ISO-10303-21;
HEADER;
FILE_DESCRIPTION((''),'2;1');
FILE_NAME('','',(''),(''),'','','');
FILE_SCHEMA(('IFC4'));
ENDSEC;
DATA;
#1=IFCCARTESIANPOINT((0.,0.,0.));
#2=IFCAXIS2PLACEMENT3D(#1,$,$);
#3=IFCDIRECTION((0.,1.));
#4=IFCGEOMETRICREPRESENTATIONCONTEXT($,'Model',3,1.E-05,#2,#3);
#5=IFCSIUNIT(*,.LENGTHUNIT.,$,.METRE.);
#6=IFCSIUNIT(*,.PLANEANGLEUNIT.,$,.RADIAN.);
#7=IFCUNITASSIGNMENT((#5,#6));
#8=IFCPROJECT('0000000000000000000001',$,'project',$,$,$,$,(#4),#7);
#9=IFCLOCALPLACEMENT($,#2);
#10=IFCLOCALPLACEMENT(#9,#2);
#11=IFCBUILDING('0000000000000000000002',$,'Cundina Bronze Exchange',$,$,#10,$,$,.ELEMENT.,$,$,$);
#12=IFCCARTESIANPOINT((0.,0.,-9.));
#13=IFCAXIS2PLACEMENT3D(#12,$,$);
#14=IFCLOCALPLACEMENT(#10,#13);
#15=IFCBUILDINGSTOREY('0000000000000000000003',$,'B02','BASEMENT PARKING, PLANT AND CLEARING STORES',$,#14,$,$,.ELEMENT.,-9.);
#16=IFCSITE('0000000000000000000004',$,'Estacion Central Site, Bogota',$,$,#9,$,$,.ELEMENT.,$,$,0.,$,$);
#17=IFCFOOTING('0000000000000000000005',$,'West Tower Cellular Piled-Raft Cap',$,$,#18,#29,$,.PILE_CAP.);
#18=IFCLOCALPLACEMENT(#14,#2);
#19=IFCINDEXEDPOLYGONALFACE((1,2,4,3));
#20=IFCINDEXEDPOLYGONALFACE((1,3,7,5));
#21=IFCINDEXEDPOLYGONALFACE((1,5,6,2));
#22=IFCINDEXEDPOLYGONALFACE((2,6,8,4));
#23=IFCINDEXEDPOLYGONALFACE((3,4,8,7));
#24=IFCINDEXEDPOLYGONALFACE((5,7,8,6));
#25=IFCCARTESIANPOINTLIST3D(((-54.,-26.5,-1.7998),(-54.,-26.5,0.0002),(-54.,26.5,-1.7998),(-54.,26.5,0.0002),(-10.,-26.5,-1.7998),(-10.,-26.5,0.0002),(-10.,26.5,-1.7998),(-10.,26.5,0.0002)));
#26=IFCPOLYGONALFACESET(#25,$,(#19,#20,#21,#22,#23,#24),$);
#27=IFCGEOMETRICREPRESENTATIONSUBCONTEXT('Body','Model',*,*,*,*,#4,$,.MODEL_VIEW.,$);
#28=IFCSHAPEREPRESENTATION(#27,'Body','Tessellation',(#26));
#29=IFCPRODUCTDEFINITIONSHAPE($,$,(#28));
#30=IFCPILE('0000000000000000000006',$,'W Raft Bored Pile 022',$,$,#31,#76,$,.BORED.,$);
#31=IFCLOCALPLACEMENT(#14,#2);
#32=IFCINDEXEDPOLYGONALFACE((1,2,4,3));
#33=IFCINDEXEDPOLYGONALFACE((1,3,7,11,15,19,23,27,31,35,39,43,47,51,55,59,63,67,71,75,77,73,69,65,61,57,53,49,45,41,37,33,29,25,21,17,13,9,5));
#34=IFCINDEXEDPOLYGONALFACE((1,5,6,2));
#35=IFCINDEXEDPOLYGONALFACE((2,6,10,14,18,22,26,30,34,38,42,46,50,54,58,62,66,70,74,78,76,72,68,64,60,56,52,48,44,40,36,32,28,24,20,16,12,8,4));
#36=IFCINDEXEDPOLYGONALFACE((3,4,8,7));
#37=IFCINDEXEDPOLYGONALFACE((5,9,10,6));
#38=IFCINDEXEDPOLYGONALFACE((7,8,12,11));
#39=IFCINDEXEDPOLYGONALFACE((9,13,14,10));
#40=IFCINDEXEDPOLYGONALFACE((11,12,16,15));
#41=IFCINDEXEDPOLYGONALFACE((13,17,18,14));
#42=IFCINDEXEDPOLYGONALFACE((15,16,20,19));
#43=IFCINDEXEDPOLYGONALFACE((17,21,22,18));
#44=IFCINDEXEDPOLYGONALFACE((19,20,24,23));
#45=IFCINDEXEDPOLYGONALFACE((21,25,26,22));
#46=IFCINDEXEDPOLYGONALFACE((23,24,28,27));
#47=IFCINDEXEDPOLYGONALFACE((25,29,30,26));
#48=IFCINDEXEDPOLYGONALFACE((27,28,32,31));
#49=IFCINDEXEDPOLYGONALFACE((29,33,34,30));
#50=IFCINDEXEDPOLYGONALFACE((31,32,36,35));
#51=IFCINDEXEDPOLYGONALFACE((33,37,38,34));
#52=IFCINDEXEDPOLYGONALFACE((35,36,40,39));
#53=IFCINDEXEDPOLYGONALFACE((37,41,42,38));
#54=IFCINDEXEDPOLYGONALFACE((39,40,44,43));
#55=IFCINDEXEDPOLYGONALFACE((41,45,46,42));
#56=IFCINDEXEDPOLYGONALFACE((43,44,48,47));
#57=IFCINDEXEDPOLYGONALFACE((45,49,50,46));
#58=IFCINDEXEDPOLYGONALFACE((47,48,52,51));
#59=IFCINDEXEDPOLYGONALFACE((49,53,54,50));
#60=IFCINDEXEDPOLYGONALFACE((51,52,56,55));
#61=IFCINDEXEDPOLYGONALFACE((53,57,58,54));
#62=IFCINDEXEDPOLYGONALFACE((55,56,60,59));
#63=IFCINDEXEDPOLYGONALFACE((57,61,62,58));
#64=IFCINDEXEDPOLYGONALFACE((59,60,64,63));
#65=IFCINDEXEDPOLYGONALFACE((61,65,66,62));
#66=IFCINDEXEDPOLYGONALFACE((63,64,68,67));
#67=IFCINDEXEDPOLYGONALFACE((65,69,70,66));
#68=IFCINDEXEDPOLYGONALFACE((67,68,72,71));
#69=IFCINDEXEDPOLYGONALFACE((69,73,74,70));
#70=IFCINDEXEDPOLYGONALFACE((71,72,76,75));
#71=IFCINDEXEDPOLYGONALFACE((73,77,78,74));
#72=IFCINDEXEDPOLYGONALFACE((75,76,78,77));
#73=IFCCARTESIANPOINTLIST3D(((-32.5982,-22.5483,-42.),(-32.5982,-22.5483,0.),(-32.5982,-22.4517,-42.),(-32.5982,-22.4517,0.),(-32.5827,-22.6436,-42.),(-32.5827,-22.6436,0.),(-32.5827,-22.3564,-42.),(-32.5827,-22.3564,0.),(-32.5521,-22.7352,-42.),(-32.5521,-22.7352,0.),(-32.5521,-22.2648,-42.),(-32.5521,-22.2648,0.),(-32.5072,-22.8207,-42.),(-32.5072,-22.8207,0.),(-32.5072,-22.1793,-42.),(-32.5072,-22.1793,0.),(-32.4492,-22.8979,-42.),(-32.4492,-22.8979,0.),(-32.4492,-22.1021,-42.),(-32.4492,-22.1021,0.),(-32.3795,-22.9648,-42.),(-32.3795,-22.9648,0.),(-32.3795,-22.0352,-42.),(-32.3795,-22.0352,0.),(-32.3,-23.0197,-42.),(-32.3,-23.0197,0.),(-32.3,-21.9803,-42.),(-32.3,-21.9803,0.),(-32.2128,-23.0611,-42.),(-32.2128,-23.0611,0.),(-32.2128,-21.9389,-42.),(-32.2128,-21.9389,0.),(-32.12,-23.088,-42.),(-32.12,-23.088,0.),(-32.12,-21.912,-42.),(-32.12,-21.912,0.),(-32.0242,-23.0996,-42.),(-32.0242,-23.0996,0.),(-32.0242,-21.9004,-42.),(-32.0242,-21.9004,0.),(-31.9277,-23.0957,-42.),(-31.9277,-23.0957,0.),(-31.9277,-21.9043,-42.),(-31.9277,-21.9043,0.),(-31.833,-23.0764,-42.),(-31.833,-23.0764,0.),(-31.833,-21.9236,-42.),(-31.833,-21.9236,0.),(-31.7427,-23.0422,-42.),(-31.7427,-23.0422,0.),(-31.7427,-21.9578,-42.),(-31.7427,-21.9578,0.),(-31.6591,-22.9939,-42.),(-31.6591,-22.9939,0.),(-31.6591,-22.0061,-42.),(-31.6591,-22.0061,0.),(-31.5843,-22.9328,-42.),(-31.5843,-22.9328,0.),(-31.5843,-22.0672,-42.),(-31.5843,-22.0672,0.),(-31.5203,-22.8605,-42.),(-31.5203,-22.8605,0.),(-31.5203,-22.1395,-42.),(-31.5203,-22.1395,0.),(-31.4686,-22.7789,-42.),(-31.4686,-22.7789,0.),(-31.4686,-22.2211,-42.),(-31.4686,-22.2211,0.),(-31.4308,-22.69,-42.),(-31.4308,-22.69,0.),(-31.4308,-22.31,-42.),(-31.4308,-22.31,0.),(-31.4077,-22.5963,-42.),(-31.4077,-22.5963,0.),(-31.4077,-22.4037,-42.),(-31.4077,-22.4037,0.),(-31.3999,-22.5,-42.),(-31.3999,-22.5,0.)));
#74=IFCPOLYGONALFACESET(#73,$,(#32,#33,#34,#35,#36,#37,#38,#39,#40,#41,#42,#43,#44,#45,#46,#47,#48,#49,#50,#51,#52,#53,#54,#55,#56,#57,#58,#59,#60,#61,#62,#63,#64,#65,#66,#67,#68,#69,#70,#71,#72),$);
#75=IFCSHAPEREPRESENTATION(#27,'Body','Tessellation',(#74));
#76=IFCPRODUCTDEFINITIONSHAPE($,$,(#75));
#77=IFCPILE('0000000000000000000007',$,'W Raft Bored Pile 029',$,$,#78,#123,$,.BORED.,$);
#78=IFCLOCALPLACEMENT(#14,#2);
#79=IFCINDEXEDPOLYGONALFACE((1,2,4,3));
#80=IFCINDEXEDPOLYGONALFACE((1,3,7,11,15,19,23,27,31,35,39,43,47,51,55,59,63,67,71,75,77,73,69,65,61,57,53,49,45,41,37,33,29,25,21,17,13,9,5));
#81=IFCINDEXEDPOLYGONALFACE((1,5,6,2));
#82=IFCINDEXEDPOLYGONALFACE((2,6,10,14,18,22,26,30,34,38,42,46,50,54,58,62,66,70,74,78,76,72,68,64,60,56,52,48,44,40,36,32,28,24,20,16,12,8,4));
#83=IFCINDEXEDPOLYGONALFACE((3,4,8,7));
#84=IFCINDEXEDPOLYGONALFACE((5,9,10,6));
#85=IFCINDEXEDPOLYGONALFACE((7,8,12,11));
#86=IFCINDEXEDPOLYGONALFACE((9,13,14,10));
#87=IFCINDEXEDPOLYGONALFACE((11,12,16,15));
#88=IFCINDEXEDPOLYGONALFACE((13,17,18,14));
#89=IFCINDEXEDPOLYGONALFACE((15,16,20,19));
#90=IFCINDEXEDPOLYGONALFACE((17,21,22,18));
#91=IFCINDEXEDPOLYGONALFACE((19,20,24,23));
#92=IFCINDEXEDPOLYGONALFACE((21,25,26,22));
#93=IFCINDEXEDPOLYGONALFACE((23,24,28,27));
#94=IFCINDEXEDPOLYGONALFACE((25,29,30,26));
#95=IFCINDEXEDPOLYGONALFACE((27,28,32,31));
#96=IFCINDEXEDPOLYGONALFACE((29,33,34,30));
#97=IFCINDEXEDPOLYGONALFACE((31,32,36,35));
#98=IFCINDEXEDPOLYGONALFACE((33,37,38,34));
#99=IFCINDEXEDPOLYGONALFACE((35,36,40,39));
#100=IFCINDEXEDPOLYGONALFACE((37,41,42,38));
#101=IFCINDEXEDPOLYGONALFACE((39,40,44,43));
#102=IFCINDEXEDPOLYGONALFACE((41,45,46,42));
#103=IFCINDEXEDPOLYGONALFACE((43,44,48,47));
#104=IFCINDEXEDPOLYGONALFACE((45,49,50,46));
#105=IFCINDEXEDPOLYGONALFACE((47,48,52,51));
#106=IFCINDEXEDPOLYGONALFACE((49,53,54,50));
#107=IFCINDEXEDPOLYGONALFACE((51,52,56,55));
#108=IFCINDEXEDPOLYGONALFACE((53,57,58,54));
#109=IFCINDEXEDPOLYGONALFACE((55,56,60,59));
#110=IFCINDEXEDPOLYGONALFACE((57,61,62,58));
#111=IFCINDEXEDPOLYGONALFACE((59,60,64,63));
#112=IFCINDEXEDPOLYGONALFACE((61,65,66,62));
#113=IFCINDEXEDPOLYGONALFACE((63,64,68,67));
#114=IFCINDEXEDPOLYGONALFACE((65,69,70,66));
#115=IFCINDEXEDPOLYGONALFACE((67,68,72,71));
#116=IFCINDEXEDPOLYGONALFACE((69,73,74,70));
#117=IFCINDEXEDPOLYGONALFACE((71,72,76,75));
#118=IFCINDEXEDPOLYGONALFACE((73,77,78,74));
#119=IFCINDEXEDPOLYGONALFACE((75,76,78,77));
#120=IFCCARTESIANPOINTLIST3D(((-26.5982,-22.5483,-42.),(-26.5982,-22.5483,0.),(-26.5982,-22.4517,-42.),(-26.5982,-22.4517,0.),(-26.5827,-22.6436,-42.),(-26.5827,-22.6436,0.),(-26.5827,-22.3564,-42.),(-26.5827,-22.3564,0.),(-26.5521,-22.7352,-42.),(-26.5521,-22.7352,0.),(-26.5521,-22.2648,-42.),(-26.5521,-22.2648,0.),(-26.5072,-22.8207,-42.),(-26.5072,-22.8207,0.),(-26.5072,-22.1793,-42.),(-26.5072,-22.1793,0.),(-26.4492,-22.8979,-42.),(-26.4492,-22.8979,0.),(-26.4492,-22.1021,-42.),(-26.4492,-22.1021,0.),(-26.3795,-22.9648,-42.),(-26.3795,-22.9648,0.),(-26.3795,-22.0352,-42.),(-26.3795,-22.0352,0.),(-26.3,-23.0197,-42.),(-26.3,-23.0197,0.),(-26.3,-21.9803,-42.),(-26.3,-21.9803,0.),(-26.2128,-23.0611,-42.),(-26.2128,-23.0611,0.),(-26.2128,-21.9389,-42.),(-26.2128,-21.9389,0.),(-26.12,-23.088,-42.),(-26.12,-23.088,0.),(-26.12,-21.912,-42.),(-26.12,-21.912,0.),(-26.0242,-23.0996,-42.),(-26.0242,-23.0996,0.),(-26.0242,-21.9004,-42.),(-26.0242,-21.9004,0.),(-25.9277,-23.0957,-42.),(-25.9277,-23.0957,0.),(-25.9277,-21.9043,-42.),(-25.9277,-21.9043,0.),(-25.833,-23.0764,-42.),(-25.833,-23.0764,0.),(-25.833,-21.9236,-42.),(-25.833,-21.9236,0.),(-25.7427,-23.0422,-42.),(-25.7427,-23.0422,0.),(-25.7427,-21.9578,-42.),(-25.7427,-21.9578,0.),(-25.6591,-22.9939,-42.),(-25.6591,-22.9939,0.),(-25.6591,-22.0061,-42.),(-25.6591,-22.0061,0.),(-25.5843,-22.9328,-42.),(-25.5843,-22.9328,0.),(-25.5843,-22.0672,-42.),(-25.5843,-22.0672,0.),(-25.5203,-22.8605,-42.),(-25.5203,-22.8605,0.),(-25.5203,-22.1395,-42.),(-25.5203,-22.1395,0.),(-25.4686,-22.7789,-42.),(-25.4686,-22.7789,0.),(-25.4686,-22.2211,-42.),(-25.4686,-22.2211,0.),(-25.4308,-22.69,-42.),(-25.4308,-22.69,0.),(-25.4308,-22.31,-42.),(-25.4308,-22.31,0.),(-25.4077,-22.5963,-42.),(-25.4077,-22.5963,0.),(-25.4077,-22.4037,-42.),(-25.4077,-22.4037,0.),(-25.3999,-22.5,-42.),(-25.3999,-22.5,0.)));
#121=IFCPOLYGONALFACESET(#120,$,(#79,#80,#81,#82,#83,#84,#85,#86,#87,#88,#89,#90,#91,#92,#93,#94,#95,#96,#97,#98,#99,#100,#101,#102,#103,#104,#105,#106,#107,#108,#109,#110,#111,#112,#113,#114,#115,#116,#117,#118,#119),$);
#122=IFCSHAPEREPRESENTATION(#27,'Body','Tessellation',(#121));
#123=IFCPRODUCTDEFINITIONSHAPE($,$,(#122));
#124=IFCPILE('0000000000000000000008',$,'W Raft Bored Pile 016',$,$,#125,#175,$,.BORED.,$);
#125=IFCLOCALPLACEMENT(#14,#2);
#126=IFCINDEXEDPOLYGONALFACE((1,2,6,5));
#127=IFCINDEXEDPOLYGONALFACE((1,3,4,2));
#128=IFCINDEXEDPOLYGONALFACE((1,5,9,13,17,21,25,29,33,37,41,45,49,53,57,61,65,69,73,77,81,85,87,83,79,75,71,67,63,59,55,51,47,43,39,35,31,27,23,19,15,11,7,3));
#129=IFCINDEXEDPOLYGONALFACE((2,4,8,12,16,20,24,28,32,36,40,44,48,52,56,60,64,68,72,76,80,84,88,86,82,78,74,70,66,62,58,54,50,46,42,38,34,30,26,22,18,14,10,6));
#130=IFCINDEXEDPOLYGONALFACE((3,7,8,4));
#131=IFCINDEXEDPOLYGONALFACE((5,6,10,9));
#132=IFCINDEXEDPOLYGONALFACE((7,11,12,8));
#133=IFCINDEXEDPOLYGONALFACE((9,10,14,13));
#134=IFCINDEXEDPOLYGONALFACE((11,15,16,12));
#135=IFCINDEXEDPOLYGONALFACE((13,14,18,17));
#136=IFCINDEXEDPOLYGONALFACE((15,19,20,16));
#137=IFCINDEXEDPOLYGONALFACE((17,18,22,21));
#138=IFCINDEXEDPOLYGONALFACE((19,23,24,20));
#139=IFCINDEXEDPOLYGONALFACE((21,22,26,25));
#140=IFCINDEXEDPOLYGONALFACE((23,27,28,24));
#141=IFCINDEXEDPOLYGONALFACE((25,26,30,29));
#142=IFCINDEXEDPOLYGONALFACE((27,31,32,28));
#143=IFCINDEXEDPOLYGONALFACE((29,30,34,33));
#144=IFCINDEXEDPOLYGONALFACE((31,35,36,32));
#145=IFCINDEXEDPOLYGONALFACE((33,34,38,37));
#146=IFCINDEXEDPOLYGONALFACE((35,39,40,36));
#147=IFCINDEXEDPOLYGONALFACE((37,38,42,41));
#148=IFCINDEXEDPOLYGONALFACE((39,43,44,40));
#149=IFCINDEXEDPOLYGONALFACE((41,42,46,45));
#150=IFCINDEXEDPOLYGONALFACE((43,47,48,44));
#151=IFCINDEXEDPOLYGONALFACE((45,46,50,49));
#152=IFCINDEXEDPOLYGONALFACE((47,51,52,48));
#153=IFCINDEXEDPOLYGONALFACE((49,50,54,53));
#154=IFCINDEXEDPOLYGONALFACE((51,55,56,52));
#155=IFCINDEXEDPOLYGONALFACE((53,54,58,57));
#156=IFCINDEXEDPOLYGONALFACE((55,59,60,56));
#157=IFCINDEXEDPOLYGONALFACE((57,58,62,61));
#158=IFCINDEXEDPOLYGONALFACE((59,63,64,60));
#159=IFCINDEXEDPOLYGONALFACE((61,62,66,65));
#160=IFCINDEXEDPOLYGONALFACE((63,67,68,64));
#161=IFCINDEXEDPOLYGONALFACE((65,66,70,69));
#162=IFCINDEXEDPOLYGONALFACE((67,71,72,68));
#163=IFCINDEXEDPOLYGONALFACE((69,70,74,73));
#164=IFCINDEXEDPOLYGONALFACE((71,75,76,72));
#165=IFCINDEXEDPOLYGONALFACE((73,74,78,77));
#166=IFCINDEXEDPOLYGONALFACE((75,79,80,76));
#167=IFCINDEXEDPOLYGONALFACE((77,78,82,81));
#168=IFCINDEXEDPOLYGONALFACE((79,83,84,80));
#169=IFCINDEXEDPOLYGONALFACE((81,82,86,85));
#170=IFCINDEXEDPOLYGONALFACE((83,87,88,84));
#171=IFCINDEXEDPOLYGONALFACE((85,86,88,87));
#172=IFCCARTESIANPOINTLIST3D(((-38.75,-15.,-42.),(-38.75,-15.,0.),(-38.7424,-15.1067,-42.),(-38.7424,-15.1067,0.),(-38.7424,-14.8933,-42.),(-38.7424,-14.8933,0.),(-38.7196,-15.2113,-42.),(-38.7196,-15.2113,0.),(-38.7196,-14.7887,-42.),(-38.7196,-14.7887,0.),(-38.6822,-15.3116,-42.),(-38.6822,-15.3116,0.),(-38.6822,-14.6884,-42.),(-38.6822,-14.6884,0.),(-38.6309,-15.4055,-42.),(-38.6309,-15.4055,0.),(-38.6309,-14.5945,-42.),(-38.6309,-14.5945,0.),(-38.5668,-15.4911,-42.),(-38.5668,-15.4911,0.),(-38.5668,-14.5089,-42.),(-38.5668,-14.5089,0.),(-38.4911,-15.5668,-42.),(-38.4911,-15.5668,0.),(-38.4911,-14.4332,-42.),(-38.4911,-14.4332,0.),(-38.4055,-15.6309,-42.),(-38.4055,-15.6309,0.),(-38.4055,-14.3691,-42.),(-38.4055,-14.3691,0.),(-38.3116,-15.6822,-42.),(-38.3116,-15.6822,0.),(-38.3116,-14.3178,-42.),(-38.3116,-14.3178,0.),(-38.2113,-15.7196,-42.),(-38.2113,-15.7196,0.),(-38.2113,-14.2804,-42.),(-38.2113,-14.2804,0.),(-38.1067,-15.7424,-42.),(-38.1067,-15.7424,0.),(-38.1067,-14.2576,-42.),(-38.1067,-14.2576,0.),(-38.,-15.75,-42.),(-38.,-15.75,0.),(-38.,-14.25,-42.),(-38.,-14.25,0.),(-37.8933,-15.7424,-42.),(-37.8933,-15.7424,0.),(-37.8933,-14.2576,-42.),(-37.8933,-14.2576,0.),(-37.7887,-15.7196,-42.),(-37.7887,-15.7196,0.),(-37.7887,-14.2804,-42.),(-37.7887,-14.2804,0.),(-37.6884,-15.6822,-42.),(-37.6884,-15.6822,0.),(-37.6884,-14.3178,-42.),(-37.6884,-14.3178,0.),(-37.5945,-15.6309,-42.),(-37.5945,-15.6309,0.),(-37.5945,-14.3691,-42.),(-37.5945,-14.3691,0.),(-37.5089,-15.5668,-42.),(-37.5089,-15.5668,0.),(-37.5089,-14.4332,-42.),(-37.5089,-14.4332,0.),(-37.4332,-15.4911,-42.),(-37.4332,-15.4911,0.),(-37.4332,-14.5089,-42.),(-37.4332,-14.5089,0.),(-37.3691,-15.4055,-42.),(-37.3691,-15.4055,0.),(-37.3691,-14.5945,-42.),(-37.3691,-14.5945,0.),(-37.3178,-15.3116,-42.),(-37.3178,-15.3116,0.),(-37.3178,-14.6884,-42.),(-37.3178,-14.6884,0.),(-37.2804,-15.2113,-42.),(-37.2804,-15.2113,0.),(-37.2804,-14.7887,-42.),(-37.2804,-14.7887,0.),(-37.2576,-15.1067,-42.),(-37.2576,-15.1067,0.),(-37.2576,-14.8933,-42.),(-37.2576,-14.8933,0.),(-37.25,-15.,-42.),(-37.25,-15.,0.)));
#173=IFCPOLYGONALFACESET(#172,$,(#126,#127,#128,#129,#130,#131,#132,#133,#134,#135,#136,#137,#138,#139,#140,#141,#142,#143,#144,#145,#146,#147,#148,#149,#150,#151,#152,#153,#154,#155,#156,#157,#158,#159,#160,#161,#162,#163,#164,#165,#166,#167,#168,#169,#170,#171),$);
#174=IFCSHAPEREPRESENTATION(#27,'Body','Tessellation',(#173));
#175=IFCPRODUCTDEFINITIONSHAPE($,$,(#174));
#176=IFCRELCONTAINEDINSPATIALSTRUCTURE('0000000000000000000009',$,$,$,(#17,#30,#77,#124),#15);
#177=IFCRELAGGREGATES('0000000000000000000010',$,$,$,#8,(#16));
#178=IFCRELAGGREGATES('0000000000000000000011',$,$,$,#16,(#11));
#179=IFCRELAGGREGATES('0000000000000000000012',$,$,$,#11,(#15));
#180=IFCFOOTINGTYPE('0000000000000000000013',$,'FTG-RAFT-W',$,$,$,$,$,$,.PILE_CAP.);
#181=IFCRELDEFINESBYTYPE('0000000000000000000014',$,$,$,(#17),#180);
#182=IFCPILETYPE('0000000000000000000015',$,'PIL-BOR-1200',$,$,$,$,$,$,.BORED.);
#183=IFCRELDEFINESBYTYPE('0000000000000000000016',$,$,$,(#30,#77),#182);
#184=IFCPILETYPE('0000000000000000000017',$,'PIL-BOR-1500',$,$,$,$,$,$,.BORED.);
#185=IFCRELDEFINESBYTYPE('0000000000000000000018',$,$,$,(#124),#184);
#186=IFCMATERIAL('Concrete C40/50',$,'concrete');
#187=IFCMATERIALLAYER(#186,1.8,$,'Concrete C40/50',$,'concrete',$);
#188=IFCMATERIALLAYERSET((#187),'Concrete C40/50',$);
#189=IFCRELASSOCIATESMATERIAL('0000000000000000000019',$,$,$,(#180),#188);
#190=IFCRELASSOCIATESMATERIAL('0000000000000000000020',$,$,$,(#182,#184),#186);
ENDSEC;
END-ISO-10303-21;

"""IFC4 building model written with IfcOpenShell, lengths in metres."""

from ifc_helpers import new_model, si_unit, direction, frame, origin, origin_2d, place, context, subcontext, project, spatial, rectangle, circle, extrude, material, layer, layer_set, material_profile, profile_set, type_object, element, save


model = new_model("IFC4")

# Units and contexts
model_context = context("Model", 3, precision=1e-05, world=origin(), true_north=direction((0.0, 1.0)))
body_context = subcontext(model_context, "Body", "Model", "MODEL_VIEW")
ifc_project = project(units=[si_unit("LENGTHUNIT", "METRE"), si_unit("PLANEANGLEUNIT", "RADIAN")], contexts=[model_context])

# Site, building, storey
site_placement = place(None, origin())
site = spatial("IfcSite", under=ifc_project, at=site_placement, Name="Estacion Central Site, Bogota", CompositionType="ELEMENT", RefElevation=0.0)
building_placement = place(site_placement, origin())
building = spatial("IfcBuilding", under=site, at=building_placement, Name="Cundina Bronze Exchange", CompositionType="ELEMENT")
storey_placement = place(building_placement, frame((0.0, 0.0, -9.0)))
storey = spatial("IfcBuildingStorey", under=building, at=storey_placement, Name="B02", Description="BASEMENT PARKING, PLANT AND CLEARING STORES", CompositionType="ELEMENT", Elevation=-9.0)

# Footing
ifc_material_1 = material(Name="Concrete C40/50", Category="concrete")
ifc_layer_1 = layer(ifc_material_1, 1.8, Name="Concrete C40/50", Category="concrete")
ifc_layer_set_1 = layer_set([ifc_layer_1], Name="Concrete C40/50")
footing_type = type_object("IfcFootingType", Name="FTG-RAFT-W", PredefinedType="PILE_CAP", material=ifc_layer_set_1)
footing_placement = place(storey_placement, frame((-32.0, 0.0, -1.7998), z_axis=(0.0, 0.0, 1.0), x_axis=(1.0, 0.0, 0.0)))
element("IfcFooting", 1, at=footing_placement, inside=storey, type_object=footing_type, Name="West Tower Cellular Piled-Raft Cap", PredefinedType="PILE_CAP", context=body_context, shape_type="SweptSolid", body=[
    extrude(rectangle(XDim=44.0, YDim=53.0, at=origin_2d()), origin(), (0.0, 0.0, 1.0), 1.8),
])

# Piles
ifc_material_profile_1 = material_profile(ifc_material_1, circle(Radius=0.6001, at=origin_2d()), Name="PILE1200D", Category="concrete")
ifc_profile_set_1 = profile_set([ifc_material_profile_1], Name="Concrete C40/50")
pile_type_1 = type_object("IfcPileType", Name="PIL-BOR-1200", PredefinedType="BORED", material=ifc_profile_set_1)
for number, where, z_axis, x_axis, name in (
    (2, (-32.0, -22.5, 0.0), (0.0, 0.0, -1.0), (1.0, 0.0, 0.0), "W Raft Bored Pile 022"),
    (3, (-26.0, -22.5, 0.0), (0.0, 0.0, -1.0), (1.0, 0.0, 0.0), "W Raft Bored Pile 029"),
):
    element("IfcPile", number, at=place(storey_placement, frame(where, z_axis=z_axis, x_axis=x_axis)), inside=storey, type_object=pile_type_1, Name=name, PredefinedType="BORED", context=body_context, shape_type="SweptSolid", body=[
        extrude(circle(Radius=0.6001, at=origin_2d()), origin(), (0.0, 0.0, 1.0), 42.0),
    ])
ifc_material_profile_2 = material_profile(ifc_material_1, circle(Radius=0.75, at=origin_2d()), Name="PILE1500D", Category="concrete")
ifc_profile_set_2 = profile_set([ifc_material_profile_2], Name="Concrete C40/50")
pile_type_2 = type_object("IfcPileType", Name="PIL-BOR-1500", PredefinedType="BORED", material=ifc_profile_set_2)
for number, where, z_axis, x_axis, name in (
    (4, (-38.0, -15.0, 0.0), (0.0, 0.0, -1.0), (1.0, 0.0, 0.0), "W Raft Bored Pile 016"),
):
    element("IfcPile", number, at=place(storey_placement, frame(where, z_axis=z_axis, x_axis=x_axis)), inside=storey, type_object=pile_type_2, Name=name, PredefinedType="BORED", context=body_context, shape_type="SweptSolid", body=[
        extrude(circle(Radius=0.75, at=origin_2d()), origin(), (0.0, 0.0, 1.0), 42.0),
    ])

save(model, "model.ifc")
